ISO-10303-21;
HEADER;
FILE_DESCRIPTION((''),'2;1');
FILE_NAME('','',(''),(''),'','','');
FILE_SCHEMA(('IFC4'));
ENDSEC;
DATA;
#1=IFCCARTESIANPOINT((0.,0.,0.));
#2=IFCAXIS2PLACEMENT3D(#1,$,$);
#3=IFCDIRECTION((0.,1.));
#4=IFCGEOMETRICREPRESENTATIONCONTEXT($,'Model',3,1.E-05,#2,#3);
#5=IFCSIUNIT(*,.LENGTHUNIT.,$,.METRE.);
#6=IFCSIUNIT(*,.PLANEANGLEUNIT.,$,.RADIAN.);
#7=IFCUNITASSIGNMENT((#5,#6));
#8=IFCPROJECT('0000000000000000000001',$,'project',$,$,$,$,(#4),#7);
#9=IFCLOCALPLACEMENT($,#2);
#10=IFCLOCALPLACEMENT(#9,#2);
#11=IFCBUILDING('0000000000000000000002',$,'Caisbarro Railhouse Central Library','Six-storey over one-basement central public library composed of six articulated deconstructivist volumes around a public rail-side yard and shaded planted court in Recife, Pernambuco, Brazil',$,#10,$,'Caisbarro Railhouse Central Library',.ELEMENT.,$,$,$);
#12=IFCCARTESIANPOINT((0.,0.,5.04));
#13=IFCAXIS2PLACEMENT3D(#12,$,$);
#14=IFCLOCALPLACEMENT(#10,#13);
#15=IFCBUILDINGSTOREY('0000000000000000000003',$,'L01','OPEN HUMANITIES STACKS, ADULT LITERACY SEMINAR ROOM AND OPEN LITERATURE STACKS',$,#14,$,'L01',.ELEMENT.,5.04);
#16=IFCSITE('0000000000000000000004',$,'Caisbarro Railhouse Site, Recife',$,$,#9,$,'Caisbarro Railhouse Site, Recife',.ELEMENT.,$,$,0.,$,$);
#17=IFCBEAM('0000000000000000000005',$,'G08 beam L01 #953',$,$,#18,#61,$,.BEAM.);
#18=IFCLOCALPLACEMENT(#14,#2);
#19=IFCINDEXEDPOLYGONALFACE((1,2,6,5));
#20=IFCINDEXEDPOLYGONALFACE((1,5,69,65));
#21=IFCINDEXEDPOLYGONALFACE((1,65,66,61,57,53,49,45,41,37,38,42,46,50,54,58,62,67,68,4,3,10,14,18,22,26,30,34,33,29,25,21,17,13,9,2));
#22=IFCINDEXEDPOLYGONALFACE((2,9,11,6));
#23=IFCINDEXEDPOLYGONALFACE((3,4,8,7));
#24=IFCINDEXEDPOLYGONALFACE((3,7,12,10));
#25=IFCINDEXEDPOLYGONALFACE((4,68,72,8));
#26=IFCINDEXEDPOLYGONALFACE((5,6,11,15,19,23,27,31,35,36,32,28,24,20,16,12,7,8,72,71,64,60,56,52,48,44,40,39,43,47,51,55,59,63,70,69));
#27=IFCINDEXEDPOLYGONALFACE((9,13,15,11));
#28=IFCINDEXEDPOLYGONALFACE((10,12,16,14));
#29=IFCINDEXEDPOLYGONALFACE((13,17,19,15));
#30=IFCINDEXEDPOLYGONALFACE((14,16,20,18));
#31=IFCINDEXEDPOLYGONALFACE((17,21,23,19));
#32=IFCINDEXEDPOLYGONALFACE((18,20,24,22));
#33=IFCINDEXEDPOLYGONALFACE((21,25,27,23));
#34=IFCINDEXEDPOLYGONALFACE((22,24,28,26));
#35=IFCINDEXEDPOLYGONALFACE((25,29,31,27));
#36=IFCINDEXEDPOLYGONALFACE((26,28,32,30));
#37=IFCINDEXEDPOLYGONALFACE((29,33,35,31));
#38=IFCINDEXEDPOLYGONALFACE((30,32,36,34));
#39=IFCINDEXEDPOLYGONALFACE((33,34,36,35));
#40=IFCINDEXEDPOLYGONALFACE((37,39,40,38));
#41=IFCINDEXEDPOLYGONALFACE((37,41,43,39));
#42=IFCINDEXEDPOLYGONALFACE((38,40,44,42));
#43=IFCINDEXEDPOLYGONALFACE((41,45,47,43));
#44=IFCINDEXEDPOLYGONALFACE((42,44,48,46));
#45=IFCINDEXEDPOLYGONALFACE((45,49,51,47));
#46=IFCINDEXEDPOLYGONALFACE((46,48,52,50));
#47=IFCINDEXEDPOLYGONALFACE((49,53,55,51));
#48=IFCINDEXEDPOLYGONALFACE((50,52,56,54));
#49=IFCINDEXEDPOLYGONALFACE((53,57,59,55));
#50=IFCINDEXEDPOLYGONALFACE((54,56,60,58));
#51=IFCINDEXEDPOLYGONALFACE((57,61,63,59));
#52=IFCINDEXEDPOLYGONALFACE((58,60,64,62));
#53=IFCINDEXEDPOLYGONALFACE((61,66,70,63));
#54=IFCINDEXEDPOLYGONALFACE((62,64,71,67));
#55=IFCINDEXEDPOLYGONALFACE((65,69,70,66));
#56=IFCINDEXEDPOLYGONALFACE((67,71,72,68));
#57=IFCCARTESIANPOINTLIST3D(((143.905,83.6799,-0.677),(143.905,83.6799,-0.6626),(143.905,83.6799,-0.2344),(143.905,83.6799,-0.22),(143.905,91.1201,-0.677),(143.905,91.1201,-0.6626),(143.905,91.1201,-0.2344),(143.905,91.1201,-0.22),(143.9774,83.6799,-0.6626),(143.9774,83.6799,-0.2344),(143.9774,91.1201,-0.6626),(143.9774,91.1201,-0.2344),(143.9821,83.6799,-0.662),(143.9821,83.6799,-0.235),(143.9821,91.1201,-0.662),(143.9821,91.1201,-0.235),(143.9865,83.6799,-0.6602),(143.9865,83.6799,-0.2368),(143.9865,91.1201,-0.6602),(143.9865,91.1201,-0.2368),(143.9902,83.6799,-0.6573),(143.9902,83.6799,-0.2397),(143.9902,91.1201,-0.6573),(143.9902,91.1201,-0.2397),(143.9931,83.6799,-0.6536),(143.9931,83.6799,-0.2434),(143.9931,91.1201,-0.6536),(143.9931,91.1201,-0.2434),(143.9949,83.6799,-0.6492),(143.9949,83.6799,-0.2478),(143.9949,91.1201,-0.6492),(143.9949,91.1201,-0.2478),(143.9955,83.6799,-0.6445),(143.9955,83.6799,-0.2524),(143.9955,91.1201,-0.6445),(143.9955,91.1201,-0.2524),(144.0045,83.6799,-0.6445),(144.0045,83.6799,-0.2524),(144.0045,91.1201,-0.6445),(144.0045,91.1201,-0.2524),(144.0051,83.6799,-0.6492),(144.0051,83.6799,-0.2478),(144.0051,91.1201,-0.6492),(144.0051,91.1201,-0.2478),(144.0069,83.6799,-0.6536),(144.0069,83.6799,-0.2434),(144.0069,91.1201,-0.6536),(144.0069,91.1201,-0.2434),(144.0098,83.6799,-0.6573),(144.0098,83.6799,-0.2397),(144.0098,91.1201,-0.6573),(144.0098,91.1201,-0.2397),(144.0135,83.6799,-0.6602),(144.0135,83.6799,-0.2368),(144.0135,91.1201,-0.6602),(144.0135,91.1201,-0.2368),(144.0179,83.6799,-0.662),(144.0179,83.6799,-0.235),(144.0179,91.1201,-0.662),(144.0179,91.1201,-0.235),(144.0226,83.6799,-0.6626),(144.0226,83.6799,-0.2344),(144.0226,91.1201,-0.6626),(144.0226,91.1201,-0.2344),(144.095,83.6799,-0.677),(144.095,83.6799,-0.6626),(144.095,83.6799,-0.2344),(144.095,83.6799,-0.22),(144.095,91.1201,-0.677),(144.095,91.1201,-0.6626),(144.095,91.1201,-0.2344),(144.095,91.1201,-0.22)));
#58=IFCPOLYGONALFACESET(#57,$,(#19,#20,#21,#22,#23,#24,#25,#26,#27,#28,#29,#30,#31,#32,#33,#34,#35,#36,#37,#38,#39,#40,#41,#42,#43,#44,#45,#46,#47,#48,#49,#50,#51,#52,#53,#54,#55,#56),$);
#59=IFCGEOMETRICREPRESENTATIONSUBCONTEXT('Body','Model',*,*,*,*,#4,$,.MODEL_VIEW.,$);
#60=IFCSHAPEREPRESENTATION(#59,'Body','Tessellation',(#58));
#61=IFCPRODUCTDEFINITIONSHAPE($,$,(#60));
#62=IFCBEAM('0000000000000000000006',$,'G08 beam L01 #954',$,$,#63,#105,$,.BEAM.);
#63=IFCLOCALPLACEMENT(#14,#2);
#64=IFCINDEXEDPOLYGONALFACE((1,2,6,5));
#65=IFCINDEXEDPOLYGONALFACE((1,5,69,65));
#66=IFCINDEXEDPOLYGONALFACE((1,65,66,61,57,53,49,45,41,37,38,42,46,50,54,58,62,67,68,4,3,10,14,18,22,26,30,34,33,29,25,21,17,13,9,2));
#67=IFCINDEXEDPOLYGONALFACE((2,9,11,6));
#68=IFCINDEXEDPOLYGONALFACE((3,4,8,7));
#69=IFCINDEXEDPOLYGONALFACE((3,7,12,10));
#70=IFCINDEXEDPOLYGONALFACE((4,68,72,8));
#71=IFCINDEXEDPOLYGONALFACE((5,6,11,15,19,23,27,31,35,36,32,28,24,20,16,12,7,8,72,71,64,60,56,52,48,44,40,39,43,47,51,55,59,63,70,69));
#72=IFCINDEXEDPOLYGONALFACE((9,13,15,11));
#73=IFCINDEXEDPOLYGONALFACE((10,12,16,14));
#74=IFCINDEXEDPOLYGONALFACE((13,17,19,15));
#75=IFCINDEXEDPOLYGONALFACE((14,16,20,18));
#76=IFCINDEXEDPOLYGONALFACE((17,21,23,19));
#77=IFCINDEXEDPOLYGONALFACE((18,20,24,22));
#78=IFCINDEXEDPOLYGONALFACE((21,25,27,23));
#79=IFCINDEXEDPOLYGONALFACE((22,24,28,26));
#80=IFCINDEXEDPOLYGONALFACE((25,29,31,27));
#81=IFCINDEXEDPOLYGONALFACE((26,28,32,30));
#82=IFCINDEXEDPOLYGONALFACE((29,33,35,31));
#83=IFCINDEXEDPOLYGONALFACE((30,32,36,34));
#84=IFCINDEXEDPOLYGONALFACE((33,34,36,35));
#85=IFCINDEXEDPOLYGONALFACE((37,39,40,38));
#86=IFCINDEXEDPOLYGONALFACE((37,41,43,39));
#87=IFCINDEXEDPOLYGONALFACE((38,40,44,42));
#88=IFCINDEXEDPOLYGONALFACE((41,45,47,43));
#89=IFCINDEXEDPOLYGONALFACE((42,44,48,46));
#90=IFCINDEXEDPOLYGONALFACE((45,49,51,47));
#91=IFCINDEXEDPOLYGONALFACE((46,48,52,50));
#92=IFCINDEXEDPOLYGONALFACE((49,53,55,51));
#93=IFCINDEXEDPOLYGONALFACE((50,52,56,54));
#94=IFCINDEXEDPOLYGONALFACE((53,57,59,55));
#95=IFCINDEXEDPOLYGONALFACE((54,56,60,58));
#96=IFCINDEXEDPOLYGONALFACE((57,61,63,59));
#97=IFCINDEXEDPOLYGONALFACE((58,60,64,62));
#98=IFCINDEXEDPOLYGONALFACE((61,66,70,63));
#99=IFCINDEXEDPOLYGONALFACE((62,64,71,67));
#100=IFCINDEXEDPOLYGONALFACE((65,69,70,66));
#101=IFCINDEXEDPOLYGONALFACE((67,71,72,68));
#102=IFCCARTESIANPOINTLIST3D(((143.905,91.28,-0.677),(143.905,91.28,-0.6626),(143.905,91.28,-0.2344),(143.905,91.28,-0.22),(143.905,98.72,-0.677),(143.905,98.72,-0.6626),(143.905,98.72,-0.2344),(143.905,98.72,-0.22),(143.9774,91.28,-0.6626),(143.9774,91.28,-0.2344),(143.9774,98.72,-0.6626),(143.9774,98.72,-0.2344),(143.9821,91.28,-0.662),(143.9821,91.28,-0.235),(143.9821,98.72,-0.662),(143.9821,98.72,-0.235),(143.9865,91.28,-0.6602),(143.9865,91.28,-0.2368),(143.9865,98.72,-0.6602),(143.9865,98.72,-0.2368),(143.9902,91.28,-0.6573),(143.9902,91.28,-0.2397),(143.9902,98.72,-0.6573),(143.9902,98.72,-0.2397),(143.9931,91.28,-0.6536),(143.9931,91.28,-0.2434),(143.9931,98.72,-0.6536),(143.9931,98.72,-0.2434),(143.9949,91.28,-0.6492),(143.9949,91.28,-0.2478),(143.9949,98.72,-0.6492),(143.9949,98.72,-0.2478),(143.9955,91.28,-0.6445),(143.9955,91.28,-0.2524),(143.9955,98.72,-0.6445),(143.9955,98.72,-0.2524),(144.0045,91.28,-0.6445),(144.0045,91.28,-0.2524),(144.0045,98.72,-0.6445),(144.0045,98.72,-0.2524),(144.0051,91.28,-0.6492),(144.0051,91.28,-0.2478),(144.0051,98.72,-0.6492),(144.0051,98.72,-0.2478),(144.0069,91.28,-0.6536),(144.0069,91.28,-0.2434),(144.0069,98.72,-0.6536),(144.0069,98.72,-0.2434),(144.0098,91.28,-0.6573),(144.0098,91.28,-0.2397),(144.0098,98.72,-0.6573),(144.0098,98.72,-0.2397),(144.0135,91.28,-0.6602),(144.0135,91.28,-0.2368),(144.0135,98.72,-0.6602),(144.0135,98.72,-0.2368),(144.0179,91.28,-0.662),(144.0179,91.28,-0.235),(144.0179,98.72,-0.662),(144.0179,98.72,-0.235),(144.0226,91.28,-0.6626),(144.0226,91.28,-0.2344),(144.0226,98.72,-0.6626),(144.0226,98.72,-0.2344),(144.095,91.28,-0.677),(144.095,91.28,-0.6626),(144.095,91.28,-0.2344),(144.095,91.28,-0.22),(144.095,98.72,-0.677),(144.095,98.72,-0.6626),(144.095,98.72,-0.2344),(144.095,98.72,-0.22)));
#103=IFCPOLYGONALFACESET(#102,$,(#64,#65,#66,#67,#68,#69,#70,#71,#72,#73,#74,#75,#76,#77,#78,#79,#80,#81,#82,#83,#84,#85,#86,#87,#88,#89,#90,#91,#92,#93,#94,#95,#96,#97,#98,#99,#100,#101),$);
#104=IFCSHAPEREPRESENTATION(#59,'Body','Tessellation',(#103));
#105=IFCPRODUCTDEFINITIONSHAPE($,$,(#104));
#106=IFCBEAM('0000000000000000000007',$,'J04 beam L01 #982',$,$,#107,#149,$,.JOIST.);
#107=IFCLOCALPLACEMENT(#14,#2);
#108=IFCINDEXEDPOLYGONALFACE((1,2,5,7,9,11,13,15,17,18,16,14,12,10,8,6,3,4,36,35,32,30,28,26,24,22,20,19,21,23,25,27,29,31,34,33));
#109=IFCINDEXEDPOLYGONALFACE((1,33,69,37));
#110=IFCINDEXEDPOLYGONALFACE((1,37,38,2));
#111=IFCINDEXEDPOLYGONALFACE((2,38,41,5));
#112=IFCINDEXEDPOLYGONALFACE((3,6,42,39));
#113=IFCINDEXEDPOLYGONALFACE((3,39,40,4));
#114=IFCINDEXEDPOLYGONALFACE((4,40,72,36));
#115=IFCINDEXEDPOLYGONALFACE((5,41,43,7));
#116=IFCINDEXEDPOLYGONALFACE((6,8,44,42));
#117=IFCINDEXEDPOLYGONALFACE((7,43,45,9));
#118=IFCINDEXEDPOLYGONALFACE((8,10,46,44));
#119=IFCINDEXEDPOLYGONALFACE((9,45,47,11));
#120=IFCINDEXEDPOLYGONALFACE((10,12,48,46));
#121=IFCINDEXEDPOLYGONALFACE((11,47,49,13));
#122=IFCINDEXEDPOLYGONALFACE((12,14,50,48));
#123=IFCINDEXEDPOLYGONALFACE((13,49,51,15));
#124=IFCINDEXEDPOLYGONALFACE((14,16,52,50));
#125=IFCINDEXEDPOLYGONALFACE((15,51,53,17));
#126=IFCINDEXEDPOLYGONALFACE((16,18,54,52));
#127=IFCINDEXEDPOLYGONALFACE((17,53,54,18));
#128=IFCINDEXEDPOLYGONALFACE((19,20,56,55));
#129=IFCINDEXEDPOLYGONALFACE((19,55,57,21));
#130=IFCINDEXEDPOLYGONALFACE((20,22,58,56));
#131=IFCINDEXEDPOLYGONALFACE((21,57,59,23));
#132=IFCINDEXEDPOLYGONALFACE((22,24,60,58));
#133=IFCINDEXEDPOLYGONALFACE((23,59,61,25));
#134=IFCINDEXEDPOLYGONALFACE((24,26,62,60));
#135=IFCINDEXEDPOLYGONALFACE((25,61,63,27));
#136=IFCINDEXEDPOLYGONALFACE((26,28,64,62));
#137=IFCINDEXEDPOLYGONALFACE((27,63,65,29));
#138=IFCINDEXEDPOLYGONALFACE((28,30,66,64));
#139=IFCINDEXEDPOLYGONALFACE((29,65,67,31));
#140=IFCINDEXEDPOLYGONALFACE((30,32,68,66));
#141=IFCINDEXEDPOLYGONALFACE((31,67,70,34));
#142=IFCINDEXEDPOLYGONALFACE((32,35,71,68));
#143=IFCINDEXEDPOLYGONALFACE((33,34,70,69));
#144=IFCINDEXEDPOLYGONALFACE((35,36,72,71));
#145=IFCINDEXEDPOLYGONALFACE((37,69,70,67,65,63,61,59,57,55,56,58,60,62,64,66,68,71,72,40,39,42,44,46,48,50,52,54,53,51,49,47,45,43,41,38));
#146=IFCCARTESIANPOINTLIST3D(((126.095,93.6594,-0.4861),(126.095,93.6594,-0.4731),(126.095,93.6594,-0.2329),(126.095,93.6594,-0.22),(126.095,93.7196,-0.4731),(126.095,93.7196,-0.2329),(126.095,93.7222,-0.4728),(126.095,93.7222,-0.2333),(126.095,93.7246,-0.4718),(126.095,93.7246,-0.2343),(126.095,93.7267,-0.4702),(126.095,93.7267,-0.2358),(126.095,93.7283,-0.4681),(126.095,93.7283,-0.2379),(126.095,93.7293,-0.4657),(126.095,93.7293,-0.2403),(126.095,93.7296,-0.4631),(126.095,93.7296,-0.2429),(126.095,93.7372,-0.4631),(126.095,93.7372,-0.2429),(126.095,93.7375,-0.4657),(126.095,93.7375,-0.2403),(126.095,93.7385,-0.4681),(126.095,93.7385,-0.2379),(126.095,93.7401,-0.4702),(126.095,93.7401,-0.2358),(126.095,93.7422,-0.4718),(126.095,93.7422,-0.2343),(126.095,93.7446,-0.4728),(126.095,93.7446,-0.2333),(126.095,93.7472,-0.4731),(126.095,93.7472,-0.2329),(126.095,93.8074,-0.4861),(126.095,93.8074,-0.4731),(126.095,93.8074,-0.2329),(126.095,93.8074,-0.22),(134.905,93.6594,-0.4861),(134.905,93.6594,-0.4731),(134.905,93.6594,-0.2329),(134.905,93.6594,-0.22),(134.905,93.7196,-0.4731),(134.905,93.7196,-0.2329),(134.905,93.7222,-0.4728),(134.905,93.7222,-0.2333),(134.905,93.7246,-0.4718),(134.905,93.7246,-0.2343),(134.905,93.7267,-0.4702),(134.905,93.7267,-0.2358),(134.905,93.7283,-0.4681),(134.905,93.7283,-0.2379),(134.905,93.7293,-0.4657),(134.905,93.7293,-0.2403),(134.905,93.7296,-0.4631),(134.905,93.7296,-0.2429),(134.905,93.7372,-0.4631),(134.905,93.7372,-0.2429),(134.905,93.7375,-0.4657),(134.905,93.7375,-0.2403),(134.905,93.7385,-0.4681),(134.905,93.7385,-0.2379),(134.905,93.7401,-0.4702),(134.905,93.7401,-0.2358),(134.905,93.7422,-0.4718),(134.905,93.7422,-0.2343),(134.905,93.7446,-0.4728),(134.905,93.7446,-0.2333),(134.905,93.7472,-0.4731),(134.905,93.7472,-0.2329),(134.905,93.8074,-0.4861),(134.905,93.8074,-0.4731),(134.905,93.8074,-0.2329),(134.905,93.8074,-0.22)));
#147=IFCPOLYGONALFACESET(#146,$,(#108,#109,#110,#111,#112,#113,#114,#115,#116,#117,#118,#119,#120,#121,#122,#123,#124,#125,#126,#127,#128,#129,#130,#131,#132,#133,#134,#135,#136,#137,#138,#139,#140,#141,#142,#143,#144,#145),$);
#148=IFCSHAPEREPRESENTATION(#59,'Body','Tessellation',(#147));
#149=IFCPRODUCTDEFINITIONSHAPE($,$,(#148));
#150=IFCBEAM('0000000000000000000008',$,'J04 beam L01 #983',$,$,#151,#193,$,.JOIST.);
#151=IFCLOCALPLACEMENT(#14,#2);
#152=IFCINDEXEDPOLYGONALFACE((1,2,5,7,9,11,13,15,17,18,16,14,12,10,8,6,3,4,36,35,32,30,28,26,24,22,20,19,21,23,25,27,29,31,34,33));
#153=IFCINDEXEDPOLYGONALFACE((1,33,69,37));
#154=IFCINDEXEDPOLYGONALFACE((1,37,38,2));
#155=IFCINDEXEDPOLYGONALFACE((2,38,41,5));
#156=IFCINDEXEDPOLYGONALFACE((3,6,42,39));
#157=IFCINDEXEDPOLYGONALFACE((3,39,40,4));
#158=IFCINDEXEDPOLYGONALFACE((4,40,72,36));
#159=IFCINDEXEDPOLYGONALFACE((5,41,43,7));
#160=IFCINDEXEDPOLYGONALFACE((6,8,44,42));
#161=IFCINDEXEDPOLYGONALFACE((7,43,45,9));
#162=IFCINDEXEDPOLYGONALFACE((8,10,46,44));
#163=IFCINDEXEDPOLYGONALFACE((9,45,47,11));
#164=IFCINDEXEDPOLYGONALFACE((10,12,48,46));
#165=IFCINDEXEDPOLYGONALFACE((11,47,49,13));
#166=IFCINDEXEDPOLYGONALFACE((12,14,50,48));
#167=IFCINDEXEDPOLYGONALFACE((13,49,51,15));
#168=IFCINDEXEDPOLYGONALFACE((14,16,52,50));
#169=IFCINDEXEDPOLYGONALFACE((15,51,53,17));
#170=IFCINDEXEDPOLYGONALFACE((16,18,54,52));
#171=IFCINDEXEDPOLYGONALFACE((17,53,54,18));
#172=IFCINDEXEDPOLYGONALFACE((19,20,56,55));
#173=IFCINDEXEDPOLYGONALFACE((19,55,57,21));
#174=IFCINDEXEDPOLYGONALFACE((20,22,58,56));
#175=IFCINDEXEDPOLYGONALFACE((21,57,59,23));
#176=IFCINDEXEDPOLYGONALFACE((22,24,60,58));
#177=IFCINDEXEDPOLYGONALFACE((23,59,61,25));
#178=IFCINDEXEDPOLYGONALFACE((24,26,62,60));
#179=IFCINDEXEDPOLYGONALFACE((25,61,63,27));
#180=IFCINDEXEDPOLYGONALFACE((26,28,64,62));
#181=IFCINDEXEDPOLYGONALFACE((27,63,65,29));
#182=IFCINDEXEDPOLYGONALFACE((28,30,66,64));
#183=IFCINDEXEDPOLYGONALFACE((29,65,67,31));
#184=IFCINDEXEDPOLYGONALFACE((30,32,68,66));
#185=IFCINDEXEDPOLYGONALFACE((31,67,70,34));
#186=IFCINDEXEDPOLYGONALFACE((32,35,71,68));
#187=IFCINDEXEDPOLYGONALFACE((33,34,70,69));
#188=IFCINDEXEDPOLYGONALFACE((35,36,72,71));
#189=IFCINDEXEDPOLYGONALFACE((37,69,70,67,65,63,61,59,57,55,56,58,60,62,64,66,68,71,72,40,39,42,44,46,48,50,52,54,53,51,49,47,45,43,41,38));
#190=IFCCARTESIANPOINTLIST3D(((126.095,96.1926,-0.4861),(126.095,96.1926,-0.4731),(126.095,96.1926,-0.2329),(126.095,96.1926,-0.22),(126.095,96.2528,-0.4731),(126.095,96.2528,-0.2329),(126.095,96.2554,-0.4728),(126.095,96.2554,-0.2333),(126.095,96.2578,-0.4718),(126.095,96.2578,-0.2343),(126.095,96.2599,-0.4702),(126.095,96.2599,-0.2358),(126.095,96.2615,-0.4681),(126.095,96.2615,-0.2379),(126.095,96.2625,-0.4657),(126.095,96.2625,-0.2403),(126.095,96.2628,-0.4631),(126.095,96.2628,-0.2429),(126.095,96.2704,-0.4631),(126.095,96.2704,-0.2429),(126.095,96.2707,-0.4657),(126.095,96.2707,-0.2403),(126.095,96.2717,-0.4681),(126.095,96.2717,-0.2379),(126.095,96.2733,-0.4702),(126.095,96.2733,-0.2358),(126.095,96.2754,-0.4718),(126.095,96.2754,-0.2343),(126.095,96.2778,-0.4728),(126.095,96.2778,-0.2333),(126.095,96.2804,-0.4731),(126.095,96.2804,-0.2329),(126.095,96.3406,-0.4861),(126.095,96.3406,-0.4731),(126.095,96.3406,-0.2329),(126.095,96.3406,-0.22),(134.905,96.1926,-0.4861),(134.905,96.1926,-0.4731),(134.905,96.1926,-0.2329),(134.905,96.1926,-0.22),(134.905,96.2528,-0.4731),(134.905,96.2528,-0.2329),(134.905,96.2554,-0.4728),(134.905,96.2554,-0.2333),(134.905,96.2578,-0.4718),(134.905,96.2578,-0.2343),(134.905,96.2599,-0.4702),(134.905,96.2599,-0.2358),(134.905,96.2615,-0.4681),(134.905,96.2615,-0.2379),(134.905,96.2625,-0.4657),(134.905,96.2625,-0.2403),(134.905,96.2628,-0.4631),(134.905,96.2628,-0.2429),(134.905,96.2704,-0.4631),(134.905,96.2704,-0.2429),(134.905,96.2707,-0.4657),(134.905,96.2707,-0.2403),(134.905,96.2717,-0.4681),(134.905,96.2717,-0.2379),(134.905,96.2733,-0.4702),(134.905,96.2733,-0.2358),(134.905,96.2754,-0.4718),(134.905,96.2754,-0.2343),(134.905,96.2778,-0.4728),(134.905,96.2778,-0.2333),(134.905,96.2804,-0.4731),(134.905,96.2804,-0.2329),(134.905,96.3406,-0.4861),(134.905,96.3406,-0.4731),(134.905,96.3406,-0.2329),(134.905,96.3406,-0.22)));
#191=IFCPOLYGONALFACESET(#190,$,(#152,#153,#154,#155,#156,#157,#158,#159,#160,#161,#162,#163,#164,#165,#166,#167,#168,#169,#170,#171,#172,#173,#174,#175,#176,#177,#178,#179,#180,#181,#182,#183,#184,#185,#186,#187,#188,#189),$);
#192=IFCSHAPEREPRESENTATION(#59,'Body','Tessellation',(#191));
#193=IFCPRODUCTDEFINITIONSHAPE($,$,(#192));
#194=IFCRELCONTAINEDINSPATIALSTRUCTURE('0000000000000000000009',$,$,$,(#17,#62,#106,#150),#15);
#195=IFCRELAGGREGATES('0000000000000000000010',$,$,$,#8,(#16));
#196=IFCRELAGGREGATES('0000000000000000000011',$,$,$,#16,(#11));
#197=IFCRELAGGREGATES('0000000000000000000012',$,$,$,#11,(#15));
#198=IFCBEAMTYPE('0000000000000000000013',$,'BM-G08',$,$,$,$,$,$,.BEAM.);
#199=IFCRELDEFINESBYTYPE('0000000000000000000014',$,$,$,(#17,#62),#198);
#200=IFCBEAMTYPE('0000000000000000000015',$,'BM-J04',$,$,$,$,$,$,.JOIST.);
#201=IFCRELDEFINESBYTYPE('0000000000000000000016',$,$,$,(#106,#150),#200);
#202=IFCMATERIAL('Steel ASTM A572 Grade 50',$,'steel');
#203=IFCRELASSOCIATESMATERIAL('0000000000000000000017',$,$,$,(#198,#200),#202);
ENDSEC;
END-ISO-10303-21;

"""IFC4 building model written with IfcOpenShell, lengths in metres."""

from ifc_helpers import new_model, si_unit, direction, frame, origin, origin_2d, place, context, subcontext, project, spatial, i_section, extrude, material, material_profile, profile_set, type_object, element, save


model = new_model("IFC4")

# Units and contexts
model_context = context("Model", 3, precision=1e-05, world=origin(), true_north=direction((0.0, 1.0)))
body_context = subcontext(model_context, "Body", "Model", "MODEL_VIEW")
ifc_project = project(units=[si_unit("LENGTHUNIT", "METRE"), si_unit("PLANEANGLEUNIT", "RADIAN")], contexts=[model_context])

# Site, building, storey
site_placement = place(None, origin())
site = spatial("IfcSite", under=ifc_project, at=site_placement, Name="Caisbarro Railhouse Site, Recife", LongName="Caisbarro Railhouse Site, Recife", CompositionType="ELEMENT", RefElevation=0.0)
building_placement = place(site_placement, origin())
building = spatial("IfcBuilding", under=site, at=building_placement, Name="Caisbarro Railhouse Central Library", Description="Six-storey over one-basement central public library composed of six articulated deconstructivist volumes around a public rail-side yard and shaded planted court in Recife, Pernambuco, Brazil", LongName="Caisbarro Railhouse Central Library", CompositionType="ELEMENT")
storey_placement = place(building_placement, frame((0.0, 0.0, 5.04)))
storey = spatial("IfcBuildingStorey", under=building, at=storey_placement, Name="L01", Description="OPEN HUMANITIES STACKS, ADULT LITERACY SEMINAR ROOM AND OPEN LITERATURE STACKS", LongName="L01", CompositionType="ELEMENT", Elevation=5.04)

# Shared definitions
ifc_material_1 = material(Name="Steel ASTM A572 Grade 50", Category="steel")

# Beams
ifc_material_profile_1 = material_profile(ifc_material_1, i_section(OverallWidth=0.1899, OverallDepth=0.457, WebThickness=0.009, FlangeThickness=0.0144, FilletRadius=0.0181, at=origin_2d()), Name="W460X74.0")
ifc_profile_set_1 = profile_set([ifc_material_profile_1], Name="Steel ASTM A572 Grade 50")
beam_type_1 = type_object("IfcBeamType", Name="BM-G08", PredefinedType="BEAM", material=ifc_profile_set_1)
beam_1_placement = place(storey_placement, frame((144.0, 83.6799, -0.4485), z_axis=(0.0, 1.0, 0.0), x_axis=(-1.0, 0.0, 0.0)))
element("IfcBeam", 1, at=beam_1_placement, inside=storey, type_object=beam_type_1, Name="G08 beam L01 #953", PredefinedType="BEAM", context=body_context, shape_type="SweptSolid", body=[
    extrude(i_section(OverallWidth=0.1899, OverallDepth=0.457, WebThickness=0.009, FlangeThickness=0.0144, FilletRadius=0.0181, at=origin_2d()), origin(), (0.0, 0.0, 1.0), 7.4402),
])
beam_2_placement = place(storey_placement, frame((144.0, 91.28, -0.4485), z_axis=(0.0, 1.0, 0.0), x_axis=(-1.0, 0.0, 0.0)))
element("IfcBeam", 2, at=beam_2_placement, inside=storey, type_object=beam_type_1, Name="G08 beam L01 #954", PredefinedType="BEAM", context=body_context, shape_type="SweptSolid", body=[
    extrude(i_section(OverallWidth=0.1899, OverallDepth=0.457, WebThickness=0.009, FlangeThickness=0.0144, FilletRadius=0.0181, at=origin_2d()), origin(), (0.0, 0.0, 1.0), 7.4399),
])
ifc_material_profile_2 = material_profile(ifc_material_1, i_section(OverallWidth=0.1479, OverallDepth=0.2661, WebThickness=0.0076, FlangeThickness=0.0129, FilletRadius=0.01, at=origin_2d()), Name="W250X44.8")
ifc_profile_set_2 = profile_set([ifc_material_profile_2], Name="Steel ASTM A572 Grade 50")
beam_type_2 = type_object("IfcBeamType", Name="BM-J04", PredefinedType="JOIST", material=ifc_profile_set_2)
for number, where, z_axis, x_axis, name in (
    (3, (126.095, 93.7334, -0.353), (1.0, 0.0, 0.0), (0.0, 1.0, 0.0), "J04 beam L01 #982"),
    (4, (126.095, 96.2666, -0.353), (1.0, 0.0, 0.0), (0.0, 1.0, 0.0), "J04 beam L01 #983"),
):
    element("IfcBeam", number, at=place(storey_placement, frame(where, z_axis=z_axis, x_axis=x_axis)), inside=storey, type_object=beam_type_2, Name=name, PredefinedType="JOIST", context=body_context, shape_type="SweptSolid", body=[
        extrude(i_section(OverallWidth=0.1479, OverallDepth=0.2661, WebThickness=0.0076, FlangeThickness=0.0129, FilletRadius=0.01, at=origin_2d()), origin(), (0.0, 0.0, 1.0), 8.8101),
    ])

save(model, "model.ifc")
